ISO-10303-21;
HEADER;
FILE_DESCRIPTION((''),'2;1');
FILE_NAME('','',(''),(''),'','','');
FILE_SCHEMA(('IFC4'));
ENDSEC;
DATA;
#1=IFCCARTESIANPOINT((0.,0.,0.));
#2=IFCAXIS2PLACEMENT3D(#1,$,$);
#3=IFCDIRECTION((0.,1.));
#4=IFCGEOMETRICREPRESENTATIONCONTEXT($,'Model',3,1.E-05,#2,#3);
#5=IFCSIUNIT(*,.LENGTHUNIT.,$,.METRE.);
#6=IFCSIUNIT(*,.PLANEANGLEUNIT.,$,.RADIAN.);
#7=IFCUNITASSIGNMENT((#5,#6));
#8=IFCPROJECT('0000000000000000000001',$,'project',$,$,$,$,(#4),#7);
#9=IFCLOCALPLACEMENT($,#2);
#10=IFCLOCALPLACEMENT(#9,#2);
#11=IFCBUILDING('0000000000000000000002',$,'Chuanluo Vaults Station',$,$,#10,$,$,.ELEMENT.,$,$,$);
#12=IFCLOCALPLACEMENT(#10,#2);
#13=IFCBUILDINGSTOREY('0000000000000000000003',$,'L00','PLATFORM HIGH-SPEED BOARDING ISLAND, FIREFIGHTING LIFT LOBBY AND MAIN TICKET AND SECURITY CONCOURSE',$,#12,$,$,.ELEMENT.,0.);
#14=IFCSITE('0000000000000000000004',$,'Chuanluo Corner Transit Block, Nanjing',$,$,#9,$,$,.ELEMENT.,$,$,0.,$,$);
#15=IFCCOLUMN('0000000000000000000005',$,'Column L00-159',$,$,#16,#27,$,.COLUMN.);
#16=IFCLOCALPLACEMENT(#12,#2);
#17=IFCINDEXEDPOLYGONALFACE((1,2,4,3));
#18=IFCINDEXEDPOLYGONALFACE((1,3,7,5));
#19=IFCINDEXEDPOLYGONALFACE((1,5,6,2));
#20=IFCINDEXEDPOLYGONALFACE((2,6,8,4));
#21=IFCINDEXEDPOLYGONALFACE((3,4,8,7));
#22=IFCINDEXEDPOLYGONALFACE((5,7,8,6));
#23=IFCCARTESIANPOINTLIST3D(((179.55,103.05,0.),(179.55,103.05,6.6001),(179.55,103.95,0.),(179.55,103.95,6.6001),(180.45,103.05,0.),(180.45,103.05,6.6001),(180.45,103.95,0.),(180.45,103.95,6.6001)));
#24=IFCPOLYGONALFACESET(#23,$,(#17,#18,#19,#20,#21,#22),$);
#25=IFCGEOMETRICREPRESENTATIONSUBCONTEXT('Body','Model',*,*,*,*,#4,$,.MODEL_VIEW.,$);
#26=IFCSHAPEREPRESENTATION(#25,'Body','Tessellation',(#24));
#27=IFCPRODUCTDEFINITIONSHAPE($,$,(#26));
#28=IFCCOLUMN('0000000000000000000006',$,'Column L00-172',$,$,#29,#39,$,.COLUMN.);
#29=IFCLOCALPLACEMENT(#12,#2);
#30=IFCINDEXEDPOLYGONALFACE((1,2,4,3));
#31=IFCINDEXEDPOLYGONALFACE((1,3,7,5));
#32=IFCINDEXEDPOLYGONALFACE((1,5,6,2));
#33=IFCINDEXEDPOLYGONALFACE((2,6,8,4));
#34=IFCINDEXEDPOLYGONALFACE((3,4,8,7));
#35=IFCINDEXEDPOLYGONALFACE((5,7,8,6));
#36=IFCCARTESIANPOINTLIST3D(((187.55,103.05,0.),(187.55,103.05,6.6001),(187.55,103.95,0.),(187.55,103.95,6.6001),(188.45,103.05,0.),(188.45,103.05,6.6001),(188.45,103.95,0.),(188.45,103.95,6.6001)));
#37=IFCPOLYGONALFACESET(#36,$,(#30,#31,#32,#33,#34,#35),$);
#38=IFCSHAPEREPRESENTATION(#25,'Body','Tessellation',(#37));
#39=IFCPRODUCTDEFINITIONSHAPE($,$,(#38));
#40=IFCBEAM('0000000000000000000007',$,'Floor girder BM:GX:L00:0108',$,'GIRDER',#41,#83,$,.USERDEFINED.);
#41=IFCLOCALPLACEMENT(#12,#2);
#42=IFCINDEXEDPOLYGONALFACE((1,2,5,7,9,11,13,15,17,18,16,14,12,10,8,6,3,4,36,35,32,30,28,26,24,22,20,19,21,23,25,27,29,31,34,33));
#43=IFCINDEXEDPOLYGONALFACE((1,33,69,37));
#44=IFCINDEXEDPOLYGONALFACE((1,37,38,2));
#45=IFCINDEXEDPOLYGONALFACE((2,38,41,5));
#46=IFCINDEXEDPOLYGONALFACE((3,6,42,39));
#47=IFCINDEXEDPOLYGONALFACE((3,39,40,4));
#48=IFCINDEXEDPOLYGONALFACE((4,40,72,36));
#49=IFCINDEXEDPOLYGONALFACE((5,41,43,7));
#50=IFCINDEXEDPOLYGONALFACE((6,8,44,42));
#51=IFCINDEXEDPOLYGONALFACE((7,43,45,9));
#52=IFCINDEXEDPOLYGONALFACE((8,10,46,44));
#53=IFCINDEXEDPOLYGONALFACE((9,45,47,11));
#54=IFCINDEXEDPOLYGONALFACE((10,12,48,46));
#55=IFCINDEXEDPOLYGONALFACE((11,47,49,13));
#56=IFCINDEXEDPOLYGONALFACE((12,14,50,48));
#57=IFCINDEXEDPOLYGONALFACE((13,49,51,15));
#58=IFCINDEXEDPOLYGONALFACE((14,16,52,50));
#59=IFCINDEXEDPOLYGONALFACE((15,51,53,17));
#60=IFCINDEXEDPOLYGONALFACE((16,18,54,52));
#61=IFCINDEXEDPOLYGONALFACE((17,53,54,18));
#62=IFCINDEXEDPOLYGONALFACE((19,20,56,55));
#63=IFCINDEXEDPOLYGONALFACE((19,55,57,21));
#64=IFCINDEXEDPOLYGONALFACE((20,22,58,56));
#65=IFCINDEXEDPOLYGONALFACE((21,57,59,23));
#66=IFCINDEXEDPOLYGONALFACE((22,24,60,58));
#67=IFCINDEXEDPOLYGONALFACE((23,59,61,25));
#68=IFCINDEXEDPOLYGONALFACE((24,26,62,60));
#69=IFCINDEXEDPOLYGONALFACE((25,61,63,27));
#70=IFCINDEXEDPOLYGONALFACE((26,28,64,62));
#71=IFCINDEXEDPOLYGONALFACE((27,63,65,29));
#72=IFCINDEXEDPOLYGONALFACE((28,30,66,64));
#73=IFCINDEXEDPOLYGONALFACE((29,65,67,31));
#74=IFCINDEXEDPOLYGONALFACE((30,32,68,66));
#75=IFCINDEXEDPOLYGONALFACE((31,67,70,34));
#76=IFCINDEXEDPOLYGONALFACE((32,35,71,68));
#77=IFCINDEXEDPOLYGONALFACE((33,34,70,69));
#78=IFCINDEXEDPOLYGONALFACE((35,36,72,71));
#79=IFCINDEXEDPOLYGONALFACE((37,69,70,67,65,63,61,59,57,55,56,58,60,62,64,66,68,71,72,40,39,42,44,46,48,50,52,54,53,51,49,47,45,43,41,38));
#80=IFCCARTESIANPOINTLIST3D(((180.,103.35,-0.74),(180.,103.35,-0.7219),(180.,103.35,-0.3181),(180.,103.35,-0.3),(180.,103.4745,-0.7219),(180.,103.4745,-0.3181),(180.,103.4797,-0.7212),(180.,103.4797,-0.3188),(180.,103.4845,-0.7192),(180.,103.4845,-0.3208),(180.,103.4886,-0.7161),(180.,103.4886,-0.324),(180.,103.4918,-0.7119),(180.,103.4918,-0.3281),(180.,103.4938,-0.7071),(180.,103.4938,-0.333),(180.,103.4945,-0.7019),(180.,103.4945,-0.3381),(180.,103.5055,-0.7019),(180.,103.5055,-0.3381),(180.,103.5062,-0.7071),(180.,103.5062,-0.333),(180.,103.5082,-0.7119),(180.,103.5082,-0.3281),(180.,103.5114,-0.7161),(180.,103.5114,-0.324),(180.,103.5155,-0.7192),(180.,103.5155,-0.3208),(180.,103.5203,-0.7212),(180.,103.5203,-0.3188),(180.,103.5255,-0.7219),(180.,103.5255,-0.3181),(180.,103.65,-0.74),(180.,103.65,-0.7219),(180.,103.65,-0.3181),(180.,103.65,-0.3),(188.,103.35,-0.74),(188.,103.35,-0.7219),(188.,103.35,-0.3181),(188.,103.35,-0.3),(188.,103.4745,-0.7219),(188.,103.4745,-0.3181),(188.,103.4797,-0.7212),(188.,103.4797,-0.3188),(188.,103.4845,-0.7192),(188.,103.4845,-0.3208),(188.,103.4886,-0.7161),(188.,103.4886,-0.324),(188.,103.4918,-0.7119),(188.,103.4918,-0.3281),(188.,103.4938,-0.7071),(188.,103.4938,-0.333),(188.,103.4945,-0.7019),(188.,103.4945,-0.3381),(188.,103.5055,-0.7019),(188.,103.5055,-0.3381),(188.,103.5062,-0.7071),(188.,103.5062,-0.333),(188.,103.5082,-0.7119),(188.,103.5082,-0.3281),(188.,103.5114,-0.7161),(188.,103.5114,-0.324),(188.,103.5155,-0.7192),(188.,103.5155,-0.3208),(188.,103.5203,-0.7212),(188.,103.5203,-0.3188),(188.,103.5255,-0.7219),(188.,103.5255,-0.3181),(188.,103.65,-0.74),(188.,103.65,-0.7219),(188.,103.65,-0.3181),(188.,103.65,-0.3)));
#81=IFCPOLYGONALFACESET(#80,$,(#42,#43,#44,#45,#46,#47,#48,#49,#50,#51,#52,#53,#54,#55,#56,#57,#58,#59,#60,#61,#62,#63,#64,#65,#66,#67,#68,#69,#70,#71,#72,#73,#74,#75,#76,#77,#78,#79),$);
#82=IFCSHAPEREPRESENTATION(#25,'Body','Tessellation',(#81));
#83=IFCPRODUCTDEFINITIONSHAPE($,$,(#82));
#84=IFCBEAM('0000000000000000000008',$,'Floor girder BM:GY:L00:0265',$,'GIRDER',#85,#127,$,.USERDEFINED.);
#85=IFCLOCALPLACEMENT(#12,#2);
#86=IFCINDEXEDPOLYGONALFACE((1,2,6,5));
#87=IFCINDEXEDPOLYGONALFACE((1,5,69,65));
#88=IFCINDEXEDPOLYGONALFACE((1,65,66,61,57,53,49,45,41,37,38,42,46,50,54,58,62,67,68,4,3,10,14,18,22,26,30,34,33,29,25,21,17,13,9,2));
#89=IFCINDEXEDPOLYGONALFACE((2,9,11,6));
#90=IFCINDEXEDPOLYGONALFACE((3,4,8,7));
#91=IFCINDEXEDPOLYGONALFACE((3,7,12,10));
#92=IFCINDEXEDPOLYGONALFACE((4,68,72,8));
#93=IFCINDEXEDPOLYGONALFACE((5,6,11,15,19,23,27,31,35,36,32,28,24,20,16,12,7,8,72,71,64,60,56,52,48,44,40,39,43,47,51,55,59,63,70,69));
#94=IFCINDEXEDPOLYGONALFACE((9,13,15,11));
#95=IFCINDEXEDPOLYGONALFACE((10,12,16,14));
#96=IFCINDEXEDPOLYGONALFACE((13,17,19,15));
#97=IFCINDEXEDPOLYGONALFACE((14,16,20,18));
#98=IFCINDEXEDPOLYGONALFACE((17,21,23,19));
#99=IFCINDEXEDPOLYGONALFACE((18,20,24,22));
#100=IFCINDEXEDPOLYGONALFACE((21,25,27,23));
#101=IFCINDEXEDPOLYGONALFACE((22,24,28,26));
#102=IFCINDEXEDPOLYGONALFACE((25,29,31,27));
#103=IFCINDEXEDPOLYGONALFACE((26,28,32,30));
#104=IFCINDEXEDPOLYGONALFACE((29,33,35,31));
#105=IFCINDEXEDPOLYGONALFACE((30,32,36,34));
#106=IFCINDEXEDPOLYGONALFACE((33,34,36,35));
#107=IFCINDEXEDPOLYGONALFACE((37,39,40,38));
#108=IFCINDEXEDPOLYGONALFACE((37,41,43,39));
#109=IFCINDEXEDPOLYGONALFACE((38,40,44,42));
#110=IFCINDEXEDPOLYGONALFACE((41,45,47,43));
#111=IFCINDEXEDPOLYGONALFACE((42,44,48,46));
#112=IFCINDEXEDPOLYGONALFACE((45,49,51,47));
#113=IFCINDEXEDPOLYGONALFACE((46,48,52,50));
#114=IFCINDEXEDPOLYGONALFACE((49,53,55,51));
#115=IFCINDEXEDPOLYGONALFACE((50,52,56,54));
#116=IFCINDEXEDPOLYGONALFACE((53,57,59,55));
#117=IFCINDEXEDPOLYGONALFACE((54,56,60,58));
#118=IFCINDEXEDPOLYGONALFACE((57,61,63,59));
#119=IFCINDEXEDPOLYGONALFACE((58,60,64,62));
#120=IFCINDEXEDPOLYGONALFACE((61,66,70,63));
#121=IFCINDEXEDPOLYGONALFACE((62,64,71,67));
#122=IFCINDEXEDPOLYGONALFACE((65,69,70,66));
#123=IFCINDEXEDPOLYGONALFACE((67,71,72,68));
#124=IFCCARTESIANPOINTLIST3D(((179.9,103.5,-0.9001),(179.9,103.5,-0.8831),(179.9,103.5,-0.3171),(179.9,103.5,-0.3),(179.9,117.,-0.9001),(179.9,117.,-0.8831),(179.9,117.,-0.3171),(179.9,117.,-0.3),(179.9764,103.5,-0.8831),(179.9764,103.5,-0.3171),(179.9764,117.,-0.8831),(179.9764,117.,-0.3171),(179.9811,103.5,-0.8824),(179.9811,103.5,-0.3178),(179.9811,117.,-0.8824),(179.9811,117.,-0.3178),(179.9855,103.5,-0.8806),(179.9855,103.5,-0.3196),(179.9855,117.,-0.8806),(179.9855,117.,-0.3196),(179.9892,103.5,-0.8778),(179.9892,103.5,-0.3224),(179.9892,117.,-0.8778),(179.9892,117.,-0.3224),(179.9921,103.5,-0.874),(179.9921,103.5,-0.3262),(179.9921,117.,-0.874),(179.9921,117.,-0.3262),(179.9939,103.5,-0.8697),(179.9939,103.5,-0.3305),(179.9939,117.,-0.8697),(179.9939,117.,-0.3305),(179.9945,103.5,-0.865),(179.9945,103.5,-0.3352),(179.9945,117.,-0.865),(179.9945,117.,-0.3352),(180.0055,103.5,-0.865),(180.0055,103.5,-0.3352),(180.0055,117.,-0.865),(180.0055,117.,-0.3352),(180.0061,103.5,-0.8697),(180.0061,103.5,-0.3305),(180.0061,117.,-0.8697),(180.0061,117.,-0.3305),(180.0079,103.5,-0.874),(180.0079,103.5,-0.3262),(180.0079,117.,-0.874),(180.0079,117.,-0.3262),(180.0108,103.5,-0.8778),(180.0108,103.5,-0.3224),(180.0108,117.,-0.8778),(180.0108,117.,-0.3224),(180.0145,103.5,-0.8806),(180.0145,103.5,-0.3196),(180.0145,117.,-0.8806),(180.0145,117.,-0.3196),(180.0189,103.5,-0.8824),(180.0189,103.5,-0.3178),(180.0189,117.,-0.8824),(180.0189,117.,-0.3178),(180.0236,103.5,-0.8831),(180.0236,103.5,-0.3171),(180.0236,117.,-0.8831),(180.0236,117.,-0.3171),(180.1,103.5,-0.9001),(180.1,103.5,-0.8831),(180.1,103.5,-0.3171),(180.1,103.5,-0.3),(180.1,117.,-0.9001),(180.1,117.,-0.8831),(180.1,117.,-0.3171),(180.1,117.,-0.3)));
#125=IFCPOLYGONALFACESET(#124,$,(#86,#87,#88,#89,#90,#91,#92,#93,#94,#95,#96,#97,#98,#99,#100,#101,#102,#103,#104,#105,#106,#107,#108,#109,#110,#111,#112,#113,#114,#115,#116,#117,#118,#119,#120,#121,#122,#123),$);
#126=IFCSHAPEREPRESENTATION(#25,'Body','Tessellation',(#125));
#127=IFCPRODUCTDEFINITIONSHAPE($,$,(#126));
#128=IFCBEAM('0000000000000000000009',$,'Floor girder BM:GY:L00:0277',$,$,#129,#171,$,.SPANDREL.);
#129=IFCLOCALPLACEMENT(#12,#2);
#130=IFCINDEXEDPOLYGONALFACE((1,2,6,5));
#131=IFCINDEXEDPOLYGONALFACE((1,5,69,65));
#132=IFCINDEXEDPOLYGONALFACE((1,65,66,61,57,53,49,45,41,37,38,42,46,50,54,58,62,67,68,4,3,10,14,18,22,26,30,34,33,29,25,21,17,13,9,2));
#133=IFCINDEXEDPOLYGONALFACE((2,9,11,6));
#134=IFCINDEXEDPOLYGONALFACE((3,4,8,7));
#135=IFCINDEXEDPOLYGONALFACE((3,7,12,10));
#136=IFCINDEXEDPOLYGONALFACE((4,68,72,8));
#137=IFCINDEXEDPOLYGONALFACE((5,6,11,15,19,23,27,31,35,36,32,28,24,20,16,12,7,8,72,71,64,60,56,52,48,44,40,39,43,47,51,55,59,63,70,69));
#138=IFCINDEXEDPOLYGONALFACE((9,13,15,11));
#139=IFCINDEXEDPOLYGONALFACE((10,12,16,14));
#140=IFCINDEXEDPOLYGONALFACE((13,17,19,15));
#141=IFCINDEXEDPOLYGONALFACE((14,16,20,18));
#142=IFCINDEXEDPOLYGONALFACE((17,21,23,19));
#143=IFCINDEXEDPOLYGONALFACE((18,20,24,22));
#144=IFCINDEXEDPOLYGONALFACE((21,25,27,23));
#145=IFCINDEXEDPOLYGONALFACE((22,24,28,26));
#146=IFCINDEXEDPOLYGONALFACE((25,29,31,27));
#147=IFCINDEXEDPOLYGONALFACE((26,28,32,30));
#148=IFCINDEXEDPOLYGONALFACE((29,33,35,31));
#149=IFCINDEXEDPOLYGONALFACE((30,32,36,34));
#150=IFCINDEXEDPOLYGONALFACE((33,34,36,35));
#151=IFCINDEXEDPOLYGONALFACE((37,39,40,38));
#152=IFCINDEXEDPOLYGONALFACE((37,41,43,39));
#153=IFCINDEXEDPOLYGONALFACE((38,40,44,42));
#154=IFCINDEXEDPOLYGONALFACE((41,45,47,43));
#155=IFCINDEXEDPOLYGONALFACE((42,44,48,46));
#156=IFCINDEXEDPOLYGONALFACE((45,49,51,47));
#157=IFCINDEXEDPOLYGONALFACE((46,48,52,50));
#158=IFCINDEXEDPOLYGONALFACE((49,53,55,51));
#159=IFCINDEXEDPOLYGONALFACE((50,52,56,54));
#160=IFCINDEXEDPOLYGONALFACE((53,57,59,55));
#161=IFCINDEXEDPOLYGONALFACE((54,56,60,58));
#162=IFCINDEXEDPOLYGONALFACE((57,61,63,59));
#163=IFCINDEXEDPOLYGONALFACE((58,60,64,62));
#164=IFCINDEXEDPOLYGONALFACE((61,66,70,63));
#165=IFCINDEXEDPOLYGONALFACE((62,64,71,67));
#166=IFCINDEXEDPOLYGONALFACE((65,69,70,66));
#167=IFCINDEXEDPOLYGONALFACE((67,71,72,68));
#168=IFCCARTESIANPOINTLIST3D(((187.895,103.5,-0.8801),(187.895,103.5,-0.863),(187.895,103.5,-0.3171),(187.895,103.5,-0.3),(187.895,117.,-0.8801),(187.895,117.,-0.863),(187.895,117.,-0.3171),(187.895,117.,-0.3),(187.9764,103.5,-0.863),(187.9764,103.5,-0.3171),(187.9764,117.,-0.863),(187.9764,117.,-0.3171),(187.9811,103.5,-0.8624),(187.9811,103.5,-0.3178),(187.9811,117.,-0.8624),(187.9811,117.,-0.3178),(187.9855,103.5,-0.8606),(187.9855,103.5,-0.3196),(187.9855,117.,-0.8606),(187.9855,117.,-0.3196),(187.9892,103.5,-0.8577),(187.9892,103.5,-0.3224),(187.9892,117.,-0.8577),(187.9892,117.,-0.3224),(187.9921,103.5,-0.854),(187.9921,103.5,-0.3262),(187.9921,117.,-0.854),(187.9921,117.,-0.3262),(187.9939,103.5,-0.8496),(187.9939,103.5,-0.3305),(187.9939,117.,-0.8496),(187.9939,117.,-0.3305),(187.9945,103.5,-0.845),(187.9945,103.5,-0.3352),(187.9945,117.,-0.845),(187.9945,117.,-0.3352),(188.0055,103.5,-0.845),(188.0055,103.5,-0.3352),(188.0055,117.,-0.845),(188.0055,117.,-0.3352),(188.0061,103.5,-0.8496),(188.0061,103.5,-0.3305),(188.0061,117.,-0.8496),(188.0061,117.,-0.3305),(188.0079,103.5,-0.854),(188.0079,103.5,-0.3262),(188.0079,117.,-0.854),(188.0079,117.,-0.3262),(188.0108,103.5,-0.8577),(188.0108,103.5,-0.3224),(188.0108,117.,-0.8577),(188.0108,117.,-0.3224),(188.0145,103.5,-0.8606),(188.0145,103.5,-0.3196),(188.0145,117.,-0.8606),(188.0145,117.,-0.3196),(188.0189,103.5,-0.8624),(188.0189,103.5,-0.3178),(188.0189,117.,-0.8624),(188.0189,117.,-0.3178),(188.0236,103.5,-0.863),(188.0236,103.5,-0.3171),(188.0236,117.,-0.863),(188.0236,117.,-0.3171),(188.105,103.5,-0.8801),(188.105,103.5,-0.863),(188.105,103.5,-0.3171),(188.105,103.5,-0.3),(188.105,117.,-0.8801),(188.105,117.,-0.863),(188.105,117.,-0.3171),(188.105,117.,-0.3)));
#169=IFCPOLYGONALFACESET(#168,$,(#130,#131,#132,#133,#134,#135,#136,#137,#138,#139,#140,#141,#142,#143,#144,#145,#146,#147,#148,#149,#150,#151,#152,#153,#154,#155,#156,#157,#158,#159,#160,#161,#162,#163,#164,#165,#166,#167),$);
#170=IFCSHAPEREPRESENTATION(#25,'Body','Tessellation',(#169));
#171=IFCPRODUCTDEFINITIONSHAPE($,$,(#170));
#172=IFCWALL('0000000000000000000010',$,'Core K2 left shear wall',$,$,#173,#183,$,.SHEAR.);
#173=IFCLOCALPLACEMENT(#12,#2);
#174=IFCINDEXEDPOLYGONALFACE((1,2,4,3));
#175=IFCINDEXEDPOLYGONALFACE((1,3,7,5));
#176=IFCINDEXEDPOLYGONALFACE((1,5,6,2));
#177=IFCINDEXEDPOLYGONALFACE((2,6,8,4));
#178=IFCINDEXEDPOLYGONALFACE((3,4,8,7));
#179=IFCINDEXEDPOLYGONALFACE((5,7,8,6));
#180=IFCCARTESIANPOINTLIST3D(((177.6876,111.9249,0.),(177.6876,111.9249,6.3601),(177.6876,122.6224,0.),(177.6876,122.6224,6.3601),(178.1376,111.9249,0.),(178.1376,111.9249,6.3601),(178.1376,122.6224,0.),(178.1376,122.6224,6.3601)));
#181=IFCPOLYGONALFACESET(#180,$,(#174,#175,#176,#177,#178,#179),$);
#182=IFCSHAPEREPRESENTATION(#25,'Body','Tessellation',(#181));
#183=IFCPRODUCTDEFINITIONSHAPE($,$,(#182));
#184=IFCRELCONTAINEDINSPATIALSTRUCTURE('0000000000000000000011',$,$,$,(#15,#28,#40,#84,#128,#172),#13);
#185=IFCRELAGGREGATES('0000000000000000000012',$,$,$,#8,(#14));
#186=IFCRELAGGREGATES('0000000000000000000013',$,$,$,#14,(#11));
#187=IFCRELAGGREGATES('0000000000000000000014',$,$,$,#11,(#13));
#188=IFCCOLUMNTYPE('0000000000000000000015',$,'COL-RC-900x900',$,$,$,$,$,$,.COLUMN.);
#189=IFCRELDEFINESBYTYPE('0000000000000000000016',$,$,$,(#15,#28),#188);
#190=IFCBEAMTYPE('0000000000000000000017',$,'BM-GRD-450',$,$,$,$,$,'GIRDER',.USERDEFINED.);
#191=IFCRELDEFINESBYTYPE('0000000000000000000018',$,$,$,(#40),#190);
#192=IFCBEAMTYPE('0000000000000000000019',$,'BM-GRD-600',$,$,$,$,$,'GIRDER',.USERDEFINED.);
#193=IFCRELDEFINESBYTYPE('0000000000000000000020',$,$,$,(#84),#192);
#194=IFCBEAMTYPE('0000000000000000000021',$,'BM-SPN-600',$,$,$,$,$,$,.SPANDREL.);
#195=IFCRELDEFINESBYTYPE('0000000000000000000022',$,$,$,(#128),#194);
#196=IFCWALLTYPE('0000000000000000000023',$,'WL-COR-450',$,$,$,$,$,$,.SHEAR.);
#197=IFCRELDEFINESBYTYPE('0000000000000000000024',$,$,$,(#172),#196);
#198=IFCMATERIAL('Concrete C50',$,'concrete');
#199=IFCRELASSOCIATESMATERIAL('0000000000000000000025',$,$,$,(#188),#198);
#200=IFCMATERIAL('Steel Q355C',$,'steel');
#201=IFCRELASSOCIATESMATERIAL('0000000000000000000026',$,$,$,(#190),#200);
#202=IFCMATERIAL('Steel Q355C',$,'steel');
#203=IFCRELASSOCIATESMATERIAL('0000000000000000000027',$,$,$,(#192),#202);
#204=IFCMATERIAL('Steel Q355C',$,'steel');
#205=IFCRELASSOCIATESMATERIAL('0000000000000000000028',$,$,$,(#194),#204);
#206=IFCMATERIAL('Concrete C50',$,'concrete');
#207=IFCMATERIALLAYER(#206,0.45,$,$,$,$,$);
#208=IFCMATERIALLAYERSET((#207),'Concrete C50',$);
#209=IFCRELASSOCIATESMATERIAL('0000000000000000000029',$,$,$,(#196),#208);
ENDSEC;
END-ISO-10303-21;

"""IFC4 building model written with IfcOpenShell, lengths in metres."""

from ifc_helpers import new_model, si_unit, direction, frame, frame_2d, origin, origin_2d, place, context, subcontext, project, spatial, rectangle, i_section, extrude, material, layer, layer_set, material_profile, profile_set, type_object, element, save


model = new_model("IFC4")

# Units and contexts
model_context = context("Model", 3, precision=1e-05, world=origin(), true_north=direction((0.0, 1.0)))
body_context = subcontext(model_context, "Body", "Model", "MODEL_VIEW")
ifc_project = project(units=[si_unit("LENGTHUNIT", "METRE"), si_unit("PLANEANGLEUNIT", "RADIAN")], contexts=[model_context])

# Site, building, storey
site_placement = place(None, origin())
site = spatial("IfcSite", under=ifc_project, at=site_placement, Name="Chuanluo Corner Transit Block, Nanjing", CompositionType="ELEMENT", RefElevation=0.0)
building_placement = place(site_placement, origin())
building = spatial("IfcBuilding", under=site, at=building_placement, Name="Chuanluo Vaults Station", CompositionType="ELEMENT")
storey_placement = place(building_placement, origin())
storey = spatial("IfcBuildingStorey", under=building, at=storey_placement, Name="L00", Description="PLATFORM HIGH-SPEED BOARDING ISLAND, FIREFIGHTING LIFT LOBBY AND MAIN TICKET AND SECURITY CONCOURSE", CompositionType="ELEMENT", Elevation=0.0)

# Columns
ifc_material_1 = material(Name="Concrete C50", Category="concrete")
ifc_material_profile_1 = material_profile(ifc_material_1, rectangle(XDim=0.8999, YDim=0.8999, at=origin_2d()))
ifc_profile_set_1 = profile_set([ifc_material_profile_1], Name="Concrete C50")
column_type = type_object("IfcColumnType", Name="COL-RC-900x900", PredefinedType="COLUMN", material=ifc_profile_set_1)
for number, where, z_axis, x_axis, name in (
    (1, (180.0, 103.5, 0.0), (0.0, 0.0, 1.0), (1.0, 0.0, 0.0), "Column L00-159"),
    (2, (188.0, 103.5, 0.0), (0.0, 0.0, 1.0), (1.0, 0.0, 0.0), "Column L00-172"),
):
    element("IfcColumn", number, at=place(storey_placement, frame(where, z_axis=z_axis, x_axis=x_axis)), inside=storey, type_object=column_type, Name=name, PredefinedType="COLUMN", context=body_context, shape_type="SweptSolid", body=[
        extrude(rectangle(XDim=0.8999, YDim=0.8999, at=origin_2d()), origin(), (0.0, 0.0, 1.0), 6.6001),
    ])

# Beams
ifc_material_2 = material(Name="Steel Q355C", Category="steel")
ifc_material_profile_2 = material_profile(ifc_material_2, i_section(OverallWidth=0.3, OverallDepth=0.4399, WebThickness=0.011, FlangeThickness=0.0181, FilletRadius=0.02, at=origin_2d()))
ifc_profile_set_2 = profile_set([ifc_material_profile_2], Name="Steel Q355C")
beam_type_1 = type_object("IfcBeamType", Name="BM-GRD-450", ElementType="GIRDER", PredefinedType="USERDEFINED", material=ifc_profile_set_2)
beam_1_placement = place(storey_placement, frame((180.0, 103.5, -0.52), z_axis=(1.0, 0.0, 0.0), x_axis=(0.0, 1.0, 0.0)))
element("IfcBeam", 3, at=beam_1_placement, inside=storey, type_object=beam_type_1, Name="Floor girder BM:GX:L00:0108", ObjectType="GIRDER", PredefinedType="USERDEFINED", context=body_context, shape_type="SweptSolid", body=[
    extrude(i_section(OverallWidth=0.3, OverallDepth=0.4399, WebThickness=0.011, FlangeThickness=0.0181, FilletRadius=0.02, at=origin_2d()), origin(), (0.0, 0.0, 1.0), 8.0),
])
ifc_material_3 = material(Name="Steel Q355C", Category="steel")
ifc_material_profile_3 = material_profile(ifc_material_3, i_section(OverallWidth=0.2, OverallDepth=0.6001, WebThickness=0.011, FlangeThickness=0.0171, FilletRadius=0.0181, at=origin_2d()))
ifc_profile_set_3 = profile_set([ifc_material_profile_3], Name="Steel Q355C")
beam_type_2 = type_object("IfcBeamType", Name="BM-GRD-600", ElementType="GIRDER", PredefinedType="USERDEFINED", material=ifc_profile_set_3)
beam_2_placement = place(storey_placement, frame((180.0, 103.5, -0.6001), z_axis=(0.0, 1.0, 0.0), x_axis=(-1.0, 0.0, 0.0)))
element("IfcBeam", 4, at=beam_2_placement, inside=storey, type_object=beam_type_2, Name="Floor girder BM:GY:L00:0265", ObjectType="GIRDER", PredefinedType="USERDEFINED", context=body_context, shape_type="SweptSolid", body=[
    extrude(i_section(OverallWidth=0.2, OverallDepth=0.6001, WebThickness=0.011, FlangeThickness=0.0171, FilletRadius=0.0181, at=origin_2d()), origin(), (0.0, 0.0, 1.0), 13.5),
])
ifc_material_4 = material(Name="Steel Q355C", Category="steel")
ifc_material_profile_4 = material_profile(ifc_material_4, i_section(OverallWidth=0.21, OverallDepth=0.5801, WebThickness=0.011, FlangeThickness=0.0171, FilletRadius=0.0181, at=origin_2d()))
ifc_profile_set_4 = profile_set([ifc_material_profile_4], Name="Steel Q355C")
beam_type_3 = type_object("IfcBeamType", Name="BM-SPN-600", PredefinedType="SPANDREL", material=ifc_profile_set_4)
beam_3_placement = place(storey_placement, frame((188.0, 103.5, -0.5901), z_axis=(0.0, 1.0, 0.0), x_axis=(-1.0, 0.0, 0.0)))
element("IfcBeam", 5, at=beam_3_placement, inside=storey, type_object=beam_type_3, Name="Floor girder BM:GY:L00:0277", PredefinedType="SPANDREL", context=body_context, shape_type="SweptSolid", body=[
    extrude(i_section(OverallWidth=0.21, OverallDepth=0.5801, WebThickness=0.011, FlangeThickness=0.0171, FilletRadius=0.0181, at=origin_2d()), origin(), (0.0, 0.0, 1.0), 13.5),
])

# Wall
ifc_material_5 = material(Name="Concrete C50", Category="concrete")
ifc_layer_1 = layer(ifc_material_5, 0.45)
ifc_layer_set_1 = layer_set([ifc_layer_1], Name="Concrete C50")
wall_type_1 = type_object("IfcWallType", Name="WL-COR-450", PredefinedType="SHEAR", material=ifc_layer_set_1)
wall_1_placement = place(storey_placement, frame((177.9126, 111.925, 0.0), z_axis=(0.0, 0.0, 1.0), x_axis=(0.0, 1.0, 0.0)))
element("IfcWall", 6, at=wall_1_placement, inside=storey, type_object=wall_type_1, Name="Core K2 left shear wall", PredefinedType="SHEAR", context=body_context, shape_type="SweptSolid", body=[
    extrude(rectangle(XDim=10.6975, YDim=0.45, at=frame_2d((5.3486, 0.0))), origin(), (0.0, 0.0, 1.0), 6.3601),
])

save(model, "model.ifc")
